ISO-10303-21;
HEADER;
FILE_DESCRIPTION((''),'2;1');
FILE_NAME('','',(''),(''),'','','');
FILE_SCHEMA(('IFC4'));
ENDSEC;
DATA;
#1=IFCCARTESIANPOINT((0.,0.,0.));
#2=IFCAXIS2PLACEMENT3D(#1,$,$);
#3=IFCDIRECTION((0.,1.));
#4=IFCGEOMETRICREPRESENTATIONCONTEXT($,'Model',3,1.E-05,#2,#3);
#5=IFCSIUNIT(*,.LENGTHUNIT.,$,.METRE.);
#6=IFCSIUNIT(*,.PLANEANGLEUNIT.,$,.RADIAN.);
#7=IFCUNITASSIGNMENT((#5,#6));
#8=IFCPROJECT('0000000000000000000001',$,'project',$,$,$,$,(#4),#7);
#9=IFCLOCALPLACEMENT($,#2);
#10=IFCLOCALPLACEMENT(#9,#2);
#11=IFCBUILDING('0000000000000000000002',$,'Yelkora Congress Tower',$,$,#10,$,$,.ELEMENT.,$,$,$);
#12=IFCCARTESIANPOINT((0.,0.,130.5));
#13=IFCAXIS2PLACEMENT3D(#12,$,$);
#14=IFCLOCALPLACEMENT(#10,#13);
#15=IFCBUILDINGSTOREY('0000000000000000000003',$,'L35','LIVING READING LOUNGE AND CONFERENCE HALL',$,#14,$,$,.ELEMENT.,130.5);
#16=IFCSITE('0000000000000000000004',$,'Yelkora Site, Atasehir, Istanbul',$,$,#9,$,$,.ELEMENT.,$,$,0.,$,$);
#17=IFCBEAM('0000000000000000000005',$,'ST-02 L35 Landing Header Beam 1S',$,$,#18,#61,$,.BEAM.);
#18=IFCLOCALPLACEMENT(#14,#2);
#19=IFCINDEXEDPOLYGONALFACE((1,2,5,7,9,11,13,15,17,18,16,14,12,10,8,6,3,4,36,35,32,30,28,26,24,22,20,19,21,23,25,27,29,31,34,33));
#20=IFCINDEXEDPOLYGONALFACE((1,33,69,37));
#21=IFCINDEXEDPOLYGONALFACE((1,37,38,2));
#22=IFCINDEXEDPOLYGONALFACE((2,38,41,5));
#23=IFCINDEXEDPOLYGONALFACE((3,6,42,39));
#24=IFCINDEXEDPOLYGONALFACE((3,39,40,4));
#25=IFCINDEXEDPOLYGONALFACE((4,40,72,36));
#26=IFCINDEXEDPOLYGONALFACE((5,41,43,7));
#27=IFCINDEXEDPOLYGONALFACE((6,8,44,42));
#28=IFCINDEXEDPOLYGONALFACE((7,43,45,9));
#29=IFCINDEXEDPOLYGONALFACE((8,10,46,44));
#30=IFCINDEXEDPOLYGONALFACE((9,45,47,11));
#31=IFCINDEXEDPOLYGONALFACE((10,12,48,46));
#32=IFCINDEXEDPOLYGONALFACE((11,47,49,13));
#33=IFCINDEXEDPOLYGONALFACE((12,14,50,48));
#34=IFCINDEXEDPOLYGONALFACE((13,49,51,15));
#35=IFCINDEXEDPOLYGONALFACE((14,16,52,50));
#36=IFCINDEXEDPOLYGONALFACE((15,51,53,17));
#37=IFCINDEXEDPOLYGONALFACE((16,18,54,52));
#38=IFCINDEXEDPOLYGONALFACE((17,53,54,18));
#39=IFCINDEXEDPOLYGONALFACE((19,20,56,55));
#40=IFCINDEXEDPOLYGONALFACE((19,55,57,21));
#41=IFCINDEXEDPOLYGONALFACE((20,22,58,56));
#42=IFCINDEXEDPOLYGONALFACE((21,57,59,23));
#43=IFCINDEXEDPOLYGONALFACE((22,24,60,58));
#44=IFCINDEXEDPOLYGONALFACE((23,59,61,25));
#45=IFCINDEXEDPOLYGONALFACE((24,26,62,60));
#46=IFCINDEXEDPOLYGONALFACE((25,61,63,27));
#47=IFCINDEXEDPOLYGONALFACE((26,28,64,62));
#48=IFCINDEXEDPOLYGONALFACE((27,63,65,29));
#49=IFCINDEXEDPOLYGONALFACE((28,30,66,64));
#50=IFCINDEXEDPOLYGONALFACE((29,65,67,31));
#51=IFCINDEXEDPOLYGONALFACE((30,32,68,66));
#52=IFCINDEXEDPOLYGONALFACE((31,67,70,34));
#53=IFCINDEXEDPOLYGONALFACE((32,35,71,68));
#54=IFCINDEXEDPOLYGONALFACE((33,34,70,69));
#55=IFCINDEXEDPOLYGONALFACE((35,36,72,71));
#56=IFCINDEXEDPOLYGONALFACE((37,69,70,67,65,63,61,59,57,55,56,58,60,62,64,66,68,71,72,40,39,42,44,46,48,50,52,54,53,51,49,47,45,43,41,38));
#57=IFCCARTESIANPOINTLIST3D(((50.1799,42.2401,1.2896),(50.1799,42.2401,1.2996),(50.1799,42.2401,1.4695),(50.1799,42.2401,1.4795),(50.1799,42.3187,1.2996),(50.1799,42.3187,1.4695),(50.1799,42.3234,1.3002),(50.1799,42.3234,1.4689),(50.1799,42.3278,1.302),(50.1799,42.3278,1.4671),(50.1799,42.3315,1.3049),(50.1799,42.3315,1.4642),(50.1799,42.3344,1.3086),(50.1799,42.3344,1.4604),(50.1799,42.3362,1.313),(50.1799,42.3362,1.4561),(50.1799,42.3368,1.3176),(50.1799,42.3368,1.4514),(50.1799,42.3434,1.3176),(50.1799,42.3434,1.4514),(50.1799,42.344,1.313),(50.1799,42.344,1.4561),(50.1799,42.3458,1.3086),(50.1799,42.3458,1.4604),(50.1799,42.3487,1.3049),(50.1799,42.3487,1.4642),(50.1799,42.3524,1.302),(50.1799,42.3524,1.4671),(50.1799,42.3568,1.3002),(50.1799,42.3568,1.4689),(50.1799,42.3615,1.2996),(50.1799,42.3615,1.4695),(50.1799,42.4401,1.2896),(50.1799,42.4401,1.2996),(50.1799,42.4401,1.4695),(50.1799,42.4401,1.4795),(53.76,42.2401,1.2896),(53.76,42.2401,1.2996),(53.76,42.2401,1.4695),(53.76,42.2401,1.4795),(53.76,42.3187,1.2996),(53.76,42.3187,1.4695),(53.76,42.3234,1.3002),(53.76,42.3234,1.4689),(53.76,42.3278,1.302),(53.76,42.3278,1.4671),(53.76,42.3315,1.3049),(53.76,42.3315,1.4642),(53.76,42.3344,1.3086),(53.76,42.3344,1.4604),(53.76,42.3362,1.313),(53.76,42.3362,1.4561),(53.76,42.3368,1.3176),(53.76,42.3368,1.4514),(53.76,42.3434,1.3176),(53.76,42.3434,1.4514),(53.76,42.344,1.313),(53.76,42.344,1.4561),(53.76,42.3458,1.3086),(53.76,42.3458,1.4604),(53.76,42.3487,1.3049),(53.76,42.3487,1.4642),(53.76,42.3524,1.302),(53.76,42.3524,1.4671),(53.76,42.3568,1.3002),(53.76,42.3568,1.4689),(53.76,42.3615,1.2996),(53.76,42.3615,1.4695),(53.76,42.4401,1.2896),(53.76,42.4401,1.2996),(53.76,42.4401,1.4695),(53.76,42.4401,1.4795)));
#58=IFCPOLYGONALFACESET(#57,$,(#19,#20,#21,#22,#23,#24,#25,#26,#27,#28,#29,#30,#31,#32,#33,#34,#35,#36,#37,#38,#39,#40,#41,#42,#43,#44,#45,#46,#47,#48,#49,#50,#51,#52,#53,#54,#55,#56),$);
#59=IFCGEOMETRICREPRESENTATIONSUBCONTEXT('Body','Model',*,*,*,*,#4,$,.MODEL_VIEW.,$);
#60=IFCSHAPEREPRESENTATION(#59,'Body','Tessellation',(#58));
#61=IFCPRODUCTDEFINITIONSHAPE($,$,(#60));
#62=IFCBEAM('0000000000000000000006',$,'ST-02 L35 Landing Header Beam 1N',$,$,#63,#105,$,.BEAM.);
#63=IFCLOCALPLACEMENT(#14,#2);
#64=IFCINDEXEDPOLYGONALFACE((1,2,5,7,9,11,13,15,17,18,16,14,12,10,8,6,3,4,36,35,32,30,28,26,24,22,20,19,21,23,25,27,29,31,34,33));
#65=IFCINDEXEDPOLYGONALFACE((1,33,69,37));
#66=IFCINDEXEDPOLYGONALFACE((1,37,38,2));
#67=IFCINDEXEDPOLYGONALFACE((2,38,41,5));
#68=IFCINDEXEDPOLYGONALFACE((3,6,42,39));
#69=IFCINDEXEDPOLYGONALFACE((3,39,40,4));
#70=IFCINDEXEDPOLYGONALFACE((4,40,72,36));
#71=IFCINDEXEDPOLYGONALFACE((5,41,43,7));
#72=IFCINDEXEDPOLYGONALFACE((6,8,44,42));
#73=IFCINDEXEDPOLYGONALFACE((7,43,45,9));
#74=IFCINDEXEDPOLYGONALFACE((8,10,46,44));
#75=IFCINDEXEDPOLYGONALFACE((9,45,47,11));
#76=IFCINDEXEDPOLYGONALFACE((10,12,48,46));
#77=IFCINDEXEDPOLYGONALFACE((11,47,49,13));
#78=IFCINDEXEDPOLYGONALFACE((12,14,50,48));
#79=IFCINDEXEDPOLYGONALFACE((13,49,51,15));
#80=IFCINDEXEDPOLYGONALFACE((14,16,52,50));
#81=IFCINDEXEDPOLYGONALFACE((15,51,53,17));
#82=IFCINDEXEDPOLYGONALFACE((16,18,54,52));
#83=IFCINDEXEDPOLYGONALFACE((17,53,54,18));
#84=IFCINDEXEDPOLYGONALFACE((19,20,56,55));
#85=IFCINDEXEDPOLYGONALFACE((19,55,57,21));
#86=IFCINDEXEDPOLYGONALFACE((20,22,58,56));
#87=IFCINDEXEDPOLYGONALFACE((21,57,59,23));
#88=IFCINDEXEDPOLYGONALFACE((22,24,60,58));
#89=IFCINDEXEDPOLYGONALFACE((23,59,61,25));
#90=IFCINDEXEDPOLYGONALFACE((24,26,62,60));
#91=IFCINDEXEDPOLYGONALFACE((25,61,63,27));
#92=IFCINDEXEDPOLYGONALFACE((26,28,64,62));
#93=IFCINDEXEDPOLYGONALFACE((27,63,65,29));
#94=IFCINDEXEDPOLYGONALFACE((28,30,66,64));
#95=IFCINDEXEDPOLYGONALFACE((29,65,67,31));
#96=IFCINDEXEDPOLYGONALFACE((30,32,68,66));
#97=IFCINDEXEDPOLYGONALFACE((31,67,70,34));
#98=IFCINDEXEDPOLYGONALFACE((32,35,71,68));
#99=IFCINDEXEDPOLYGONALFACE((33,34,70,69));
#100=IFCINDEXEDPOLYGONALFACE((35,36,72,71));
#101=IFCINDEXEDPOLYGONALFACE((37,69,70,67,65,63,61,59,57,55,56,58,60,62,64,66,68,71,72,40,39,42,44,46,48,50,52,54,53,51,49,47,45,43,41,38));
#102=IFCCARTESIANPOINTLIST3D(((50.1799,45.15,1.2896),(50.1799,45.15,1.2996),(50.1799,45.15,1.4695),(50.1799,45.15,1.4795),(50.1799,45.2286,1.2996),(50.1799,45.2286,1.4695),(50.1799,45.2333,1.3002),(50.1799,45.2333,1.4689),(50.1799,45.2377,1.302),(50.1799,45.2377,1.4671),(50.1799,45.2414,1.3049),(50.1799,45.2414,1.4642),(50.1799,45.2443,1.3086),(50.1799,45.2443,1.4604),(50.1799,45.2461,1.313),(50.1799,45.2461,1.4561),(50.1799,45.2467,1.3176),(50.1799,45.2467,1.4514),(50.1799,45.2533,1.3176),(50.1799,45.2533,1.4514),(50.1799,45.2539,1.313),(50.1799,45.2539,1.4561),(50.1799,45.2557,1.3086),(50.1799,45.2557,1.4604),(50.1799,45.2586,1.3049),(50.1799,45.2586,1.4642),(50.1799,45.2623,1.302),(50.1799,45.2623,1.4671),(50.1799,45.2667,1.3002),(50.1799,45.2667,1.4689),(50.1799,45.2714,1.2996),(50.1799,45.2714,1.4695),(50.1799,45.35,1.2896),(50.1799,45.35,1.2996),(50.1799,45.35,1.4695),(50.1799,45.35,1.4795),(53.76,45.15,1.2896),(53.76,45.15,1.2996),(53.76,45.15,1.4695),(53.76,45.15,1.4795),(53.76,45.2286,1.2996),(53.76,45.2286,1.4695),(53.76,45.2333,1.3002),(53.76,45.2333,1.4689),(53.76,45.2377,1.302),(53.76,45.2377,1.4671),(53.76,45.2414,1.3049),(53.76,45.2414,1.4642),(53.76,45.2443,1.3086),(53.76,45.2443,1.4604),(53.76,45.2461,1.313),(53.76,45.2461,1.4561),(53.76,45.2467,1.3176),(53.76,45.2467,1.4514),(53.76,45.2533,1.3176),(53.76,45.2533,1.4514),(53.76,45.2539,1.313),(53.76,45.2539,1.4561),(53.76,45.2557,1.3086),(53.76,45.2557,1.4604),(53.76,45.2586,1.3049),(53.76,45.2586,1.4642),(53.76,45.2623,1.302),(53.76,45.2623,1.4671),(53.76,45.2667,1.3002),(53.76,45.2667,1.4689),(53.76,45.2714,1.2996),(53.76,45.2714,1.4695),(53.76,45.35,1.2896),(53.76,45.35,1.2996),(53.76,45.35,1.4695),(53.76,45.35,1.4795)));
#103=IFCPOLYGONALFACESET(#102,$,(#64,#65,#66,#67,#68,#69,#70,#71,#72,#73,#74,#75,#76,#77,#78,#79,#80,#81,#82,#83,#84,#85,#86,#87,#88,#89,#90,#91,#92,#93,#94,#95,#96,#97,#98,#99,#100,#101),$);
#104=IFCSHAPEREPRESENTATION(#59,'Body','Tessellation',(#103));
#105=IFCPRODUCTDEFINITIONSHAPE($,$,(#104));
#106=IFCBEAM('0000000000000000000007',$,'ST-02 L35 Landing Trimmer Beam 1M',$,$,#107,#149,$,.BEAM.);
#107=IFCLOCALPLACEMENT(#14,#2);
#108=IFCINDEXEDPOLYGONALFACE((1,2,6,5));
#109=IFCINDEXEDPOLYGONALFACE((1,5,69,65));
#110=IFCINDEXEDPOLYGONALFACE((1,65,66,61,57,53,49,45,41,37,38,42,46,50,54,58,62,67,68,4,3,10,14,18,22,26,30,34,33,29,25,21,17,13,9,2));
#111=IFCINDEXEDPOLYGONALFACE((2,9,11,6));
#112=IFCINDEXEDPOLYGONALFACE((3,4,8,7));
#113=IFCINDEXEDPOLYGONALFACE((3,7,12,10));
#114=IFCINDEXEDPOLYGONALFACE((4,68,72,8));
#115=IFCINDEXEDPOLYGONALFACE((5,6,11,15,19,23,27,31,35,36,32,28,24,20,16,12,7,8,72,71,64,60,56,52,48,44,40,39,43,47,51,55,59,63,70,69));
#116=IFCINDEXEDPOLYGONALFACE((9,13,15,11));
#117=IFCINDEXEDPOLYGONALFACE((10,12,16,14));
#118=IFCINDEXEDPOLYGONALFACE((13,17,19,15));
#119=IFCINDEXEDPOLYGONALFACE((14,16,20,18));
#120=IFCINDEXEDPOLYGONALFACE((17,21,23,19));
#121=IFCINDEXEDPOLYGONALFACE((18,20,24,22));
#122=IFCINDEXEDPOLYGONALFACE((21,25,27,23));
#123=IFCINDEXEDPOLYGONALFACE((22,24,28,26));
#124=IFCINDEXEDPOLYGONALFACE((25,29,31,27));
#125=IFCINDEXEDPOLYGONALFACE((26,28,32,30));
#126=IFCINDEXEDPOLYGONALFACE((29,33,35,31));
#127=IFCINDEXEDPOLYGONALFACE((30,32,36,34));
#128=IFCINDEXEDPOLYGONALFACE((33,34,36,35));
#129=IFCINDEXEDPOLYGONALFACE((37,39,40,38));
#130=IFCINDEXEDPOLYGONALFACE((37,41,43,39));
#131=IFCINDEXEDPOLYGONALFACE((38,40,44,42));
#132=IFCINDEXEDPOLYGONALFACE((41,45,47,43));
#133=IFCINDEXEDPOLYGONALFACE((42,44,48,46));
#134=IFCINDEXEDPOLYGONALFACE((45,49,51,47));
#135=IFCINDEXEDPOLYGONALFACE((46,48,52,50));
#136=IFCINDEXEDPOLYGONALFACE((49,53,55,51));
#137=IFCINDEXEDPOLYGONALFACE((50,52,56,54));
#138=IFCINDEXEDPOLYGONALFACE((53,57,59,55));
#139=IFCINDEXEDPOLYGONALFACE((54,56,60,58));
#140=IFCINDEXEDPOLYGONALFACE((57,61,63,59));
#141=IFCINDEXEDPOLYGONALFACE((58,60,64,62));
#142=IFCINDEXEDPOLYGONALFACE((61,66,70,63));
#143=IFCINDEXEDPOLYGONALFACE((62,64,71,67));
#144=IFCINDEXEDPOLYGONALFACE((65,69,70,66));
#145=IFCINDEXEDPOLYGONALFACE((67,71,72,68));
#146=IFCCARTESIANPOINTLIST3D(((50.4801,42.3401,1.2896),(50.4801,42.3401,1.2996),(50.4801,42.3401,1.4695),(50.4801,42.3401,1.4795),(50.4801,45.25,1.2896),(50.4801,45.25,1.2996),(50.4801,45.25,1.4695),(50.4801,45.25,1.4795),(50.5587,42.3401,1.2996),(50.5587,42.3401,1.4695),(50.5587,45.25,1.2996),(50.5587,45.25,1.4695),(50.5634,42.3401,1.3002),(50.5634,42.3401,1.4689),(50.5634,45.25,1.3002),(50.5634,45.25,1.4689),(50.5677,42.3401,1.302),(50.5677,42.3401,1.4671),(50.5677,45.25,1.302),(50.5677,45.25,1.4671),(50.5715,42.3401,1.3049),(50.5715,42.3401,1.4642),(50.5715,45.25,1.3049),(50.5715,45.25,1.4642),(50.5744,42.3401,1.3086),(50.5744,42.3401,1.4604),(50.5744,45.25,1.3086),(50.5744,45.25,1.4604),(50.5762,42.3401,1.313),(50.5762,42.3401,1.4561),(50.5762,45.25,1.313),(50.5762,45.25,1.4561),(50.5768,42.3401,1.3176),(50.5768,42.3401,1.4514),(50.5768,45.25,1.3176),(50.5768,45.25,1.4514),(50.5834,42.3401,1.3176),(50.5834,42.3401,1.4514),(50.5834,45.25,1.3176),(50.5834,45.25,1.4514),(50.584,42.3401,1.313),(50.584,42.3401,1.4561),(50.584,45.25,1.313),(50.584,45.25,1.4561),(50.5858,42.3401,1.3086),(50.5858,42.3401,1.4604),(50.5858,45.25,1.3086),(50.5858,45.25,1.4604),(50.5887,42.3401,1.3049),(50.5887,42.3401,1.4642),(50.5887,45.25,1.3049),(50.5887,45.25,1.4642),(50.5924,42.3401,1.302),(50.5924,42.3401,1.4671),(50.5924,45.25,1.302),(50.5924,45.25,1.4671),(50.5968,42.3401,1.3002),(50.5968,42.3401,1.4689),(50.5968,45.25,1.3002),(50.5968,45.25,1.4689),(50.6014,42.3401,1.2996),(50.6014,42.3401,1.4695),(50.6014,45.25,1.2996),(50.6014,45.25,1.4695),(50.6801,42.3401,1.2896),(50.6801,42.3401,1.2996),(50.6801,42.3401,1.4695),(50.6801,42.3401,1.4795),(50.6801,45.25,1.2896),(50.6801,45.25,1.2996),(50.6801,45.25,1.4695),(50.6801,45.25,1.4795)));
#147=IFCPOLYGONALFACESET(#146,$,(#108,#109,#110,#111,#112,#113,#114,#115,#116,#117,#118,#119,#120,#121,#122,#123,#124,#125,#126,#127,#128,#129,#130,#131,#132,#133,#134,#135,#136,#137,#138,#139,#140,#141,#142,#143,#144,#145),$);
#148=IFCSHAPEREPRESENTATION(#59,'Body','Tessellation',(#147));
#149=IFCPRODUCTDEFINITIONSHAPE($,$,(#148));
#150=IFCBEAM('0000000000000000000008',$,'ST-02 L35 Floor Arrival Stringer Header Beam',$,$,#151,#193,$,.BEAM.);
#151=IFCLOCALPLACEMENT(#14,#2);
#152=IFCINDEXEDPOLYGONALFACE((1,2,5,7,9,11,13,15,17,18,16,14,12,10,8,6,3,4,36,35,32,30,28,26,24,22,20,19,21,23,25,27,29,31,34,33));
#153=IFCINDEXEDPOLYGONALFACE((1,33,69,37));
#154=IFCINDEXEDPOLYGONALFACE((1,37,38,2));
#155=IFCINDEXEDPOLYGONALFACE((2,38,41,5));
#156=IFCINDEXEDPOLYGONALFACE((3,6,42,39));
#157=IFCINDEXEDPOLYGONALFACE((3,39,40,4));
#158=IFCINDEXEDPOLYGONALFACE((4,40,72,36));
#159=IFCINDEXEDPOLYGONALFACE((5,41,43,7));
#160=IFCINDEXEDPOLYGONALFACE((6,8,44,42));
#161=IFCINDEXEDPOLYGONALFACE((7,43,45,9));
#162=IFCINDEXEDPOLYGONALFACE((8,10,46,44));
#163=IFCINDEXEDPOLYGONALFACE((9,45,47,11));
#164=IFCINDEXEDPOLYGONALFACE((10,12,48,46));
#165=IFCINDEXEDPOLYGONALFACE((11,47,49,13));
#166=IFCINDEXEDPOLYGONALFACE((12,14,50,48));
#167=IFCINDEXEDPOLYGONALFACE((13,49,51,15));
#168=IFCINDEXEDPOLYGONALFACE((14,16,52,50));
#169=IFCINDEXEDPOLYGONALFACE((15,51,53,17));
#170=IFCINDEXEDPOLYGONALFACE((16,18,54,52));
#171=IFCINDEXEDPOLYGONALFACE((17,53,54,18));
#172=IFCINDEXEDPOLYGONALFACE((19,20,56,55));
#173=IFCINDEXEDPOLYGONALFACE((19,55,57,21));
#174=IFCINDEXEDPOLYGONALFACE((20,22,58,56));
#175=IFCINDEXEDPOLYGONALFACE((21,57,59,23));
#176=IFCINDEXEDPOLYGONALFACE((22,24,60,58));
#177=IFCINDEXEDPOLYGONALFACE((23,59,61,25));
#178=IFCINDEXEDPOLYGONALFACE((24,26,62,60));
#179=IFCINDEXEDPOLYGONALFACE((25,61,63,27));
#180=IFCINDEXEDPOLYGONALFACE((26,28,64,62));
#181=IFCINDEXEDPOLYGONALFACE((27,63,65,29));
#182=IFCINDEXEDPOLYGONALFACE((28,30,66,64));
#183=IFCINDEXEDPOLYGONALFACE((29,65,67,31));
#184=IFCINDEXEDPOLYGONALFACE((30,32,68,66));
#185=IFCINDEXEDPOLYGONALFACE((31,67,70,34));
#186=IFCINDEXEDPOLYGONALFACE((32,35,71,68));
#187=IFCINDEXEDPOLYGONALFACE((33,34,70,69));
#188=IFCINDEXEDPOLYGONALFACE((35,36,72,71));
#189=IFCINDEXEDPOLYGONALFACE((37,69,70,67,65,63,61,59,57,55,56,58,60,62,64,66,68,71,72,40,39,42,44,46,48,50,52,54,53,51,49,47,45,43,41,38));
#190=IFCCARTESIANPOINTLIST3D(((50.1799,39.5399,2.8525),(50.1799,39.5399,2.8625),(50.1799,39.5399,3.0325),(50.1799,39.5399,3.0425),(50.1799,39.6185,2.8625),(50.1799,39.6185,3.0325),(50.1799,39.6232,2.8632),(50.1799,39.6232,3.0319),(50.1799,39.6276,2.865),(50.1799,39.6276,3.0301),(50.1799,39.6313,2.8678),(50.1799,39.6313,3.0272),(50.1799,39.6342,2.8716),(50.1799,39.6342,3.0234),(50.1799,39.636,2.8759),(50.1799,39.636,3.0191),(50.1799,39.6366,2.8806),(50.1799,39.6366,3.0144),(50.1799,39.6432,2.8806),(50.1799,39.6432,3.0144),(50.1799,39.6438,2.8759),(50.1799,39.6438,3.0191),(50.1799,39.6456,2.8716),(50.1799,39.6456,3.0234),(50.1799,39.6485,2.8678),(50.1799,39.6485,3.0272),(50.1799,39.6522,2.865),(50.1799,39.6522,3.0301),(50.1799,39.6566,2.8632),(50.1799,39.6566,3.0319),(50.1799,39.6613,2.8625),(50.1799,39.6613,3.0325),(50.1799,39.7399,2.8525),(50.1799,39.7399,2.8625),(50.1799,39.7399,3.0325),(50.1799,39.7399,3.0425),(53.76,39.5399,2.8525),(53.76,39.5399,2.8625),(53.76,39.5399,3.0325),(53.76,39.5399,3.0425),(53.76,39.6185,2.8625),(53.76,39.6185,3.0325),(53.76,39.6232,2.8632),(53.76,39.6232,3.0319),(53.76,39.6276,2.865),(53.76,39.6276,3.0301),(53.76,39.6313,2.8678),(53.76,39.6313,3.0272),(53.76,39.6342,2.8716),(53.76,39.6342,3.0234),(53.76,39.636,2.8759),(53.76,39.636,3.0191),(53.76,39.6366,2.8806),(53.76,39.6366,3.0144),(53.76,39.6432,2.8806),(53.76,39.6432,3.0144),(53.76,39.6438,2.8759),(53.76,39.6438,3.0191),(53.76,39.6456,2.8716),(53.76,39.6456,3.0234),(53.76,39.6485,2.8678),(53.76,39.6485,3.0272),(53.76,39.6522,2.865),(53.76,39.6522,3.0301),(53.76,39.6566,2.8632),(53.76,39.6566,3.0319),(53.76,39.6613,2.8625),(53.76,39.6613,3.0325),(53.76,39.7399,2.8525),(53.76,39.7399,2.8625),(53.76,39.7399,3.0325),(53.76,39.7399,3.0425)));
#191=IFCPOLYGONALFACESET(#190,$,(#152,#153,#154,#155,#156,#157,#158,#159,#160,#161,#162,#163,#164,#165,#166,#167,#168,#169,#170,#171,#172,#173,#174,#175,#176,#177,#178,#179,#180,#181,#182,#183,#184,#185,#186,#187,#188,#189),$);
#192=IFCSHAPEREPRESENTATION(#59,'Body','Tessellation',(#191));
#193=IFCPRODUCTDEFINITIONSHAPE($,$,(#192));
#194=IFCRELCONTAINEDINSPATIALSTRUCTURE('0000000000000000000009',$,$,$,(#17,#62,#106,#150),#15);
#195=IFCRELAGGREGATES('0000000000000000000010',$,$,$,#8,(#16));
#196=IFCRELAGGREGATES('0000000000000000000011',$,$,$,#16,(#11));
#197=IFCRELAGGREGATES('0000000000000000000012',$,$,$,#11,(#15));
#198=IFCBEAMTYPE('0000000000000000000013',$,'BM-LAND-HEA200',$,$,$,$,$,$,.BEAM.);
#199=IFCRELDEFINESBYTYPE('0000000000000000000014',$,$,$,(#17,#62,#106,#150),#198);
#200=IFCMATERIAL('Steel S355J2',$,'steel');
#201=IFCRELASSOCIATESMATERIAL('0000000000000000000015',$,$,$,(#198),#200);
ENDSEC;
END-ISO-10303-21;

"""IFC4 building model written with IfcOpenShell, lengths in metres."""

from ifc_helpers import new_model, si_unit, direction, frame, origin, origin_2d, place, context, subcontext, project, spatial, i_section, extrude, material, material_profile, profile_set, type_object, element, save


model = new_model("IFC4")

# Units and contexts
model_context = context("Model", 3, precision=1e-05, world=origin(), true_north=direction((0.0, 1.0)))
body_context = subcontext(model_context, "Body", "Model", "MODEL_VIEW")
ifc_project = project(units=[si_unit("LENGTHUNIT", "METRE"), si_unit("PLANEANGLEUNIT", "RADIAN")], contexts=[model_context])

# Site, building, storey
site_placement = place(None, origin())
site = spatial("IfcSite", under=ifc_project, at=site_placement, Name="Yelkora Site, Atasehir, Istanbul", CompositionType="ELEMENT", RefElevation=0.0)
building_placement = place(site_placement, origin())
building = spatial("IfcBuilding", under=site, at=building_placement, Name="Yelkora Congress Tower", CompositionType="ELEMENT")
storey_placement = place(building_placement, frame((0.0, 0.0, 130.5)))
storey = spatial("IfcBuildingStorey", under=building, at=storey_placement, Name="L35", Description="LIVING READING LOUNGE AND CONFERENCE HALL", CompositionType="ELEMENT", Elevation=130.5)

# Beams
ifc_material_1 = material(Name="Steel S355J2", Category="steel")
ifc_material_profile_1 = material_profile(ifc_material_1, i_section(OverallWidth=0.2, OverallDepth=0.1899, WebThickness=0.0066, FlangeThickness=0.01, FilletRadius=0.0181, at=origin_2d()), Name="HEA 200")
ifc_profile_set_1 = profile_set([ifc_material_profile_1], Name="Steel S355J2")
beam_type_1 = type_object("IfcBeamType", Name="BM-LAND-HEA200", PredefinedType="BEAM", material=ifc_profile_set_1)
for number, where, z_axis, x_axis, name in (
    (1, (50.1799, 42.3401, 1.3845), (1.0, 0.0, 0.0), (0.0, 1.0, 0.0), "ST-02 L35 Landing Header Beam 1S"),
    (2, (50.1799, 45.25, 1.3845), (1.0, 0.0, 0.0), (0.0, 1.0, 0.0), "ST-02 L35 Landing Header Beam 1N"),
):
    element("IfcBeam", number, at=place(storey_placement, frame(where, z_axis=z_axis, x_axis=x_axis)), inside=storey, type_object=beam_type_1, Name=name, PredefinedType="BEAM", context=body_context, shape_type="SweptSolid", body=[
        extrude(i_section(OverallWidth=0.2, OverallDepth=0.1899, WebThickness=0.0066, FlangeThickness=0.01, FilletRadius=0.0181, at=origin_2d()), origin(), (0.0, 0.0, 1.0), 3.5801),
    ])
beam_1_placement = place(storey_placement, frame((50.5801, 42.3401, 1.3845), z_axis=(0.0, 1.0, 0.0), x_axis=(-1.0, 0.0, 0.0)))
element("IfcBeam", 3, at=beam_1_placement, inside=storey, type_object=beam_type_1, Name="ST-02 L35 Landing Trimmer Beam 1M", PredefinedType="BEAM", context=body_context, shape_type="SweptSolid", body=[
    extrude(i_section(OverallWidth=0.2, OverallDepth=0.1899, WebThickness=0.0066, FlangeThickness=0.01, FilletRadius=0.0181, at=origin_2d()), origin(), (0.0, 0.0, 1.0), 2.9099),
])
beam_2_placement = place(storey_placement, frame((50.1799, 39.6399, 2.9475), z_axis=(1.0, 0.0, 0.0), x_axis=(0.0, 1.0, 0.0)))
element("IfcBeam", 4, at=beam_2_placement, inside=storey, type_object=beam_type_1, Name="ST-02 L35 Floor Arrival Stringer Header Beam", PredefinedType="BEAM", context=body_context, shape_type="SweptSolid", body=[
    extrude(i_section(OverallWidth=0.2, OverallDepth=0.1899, WebThickness=0.0066, FlangeThickness=0.01, FilletRadius=0.0181, at=origin_2d()), origin(), (0.0, 0.0, 1.0), 3.5801),
])

save(model, "model.ifc")
